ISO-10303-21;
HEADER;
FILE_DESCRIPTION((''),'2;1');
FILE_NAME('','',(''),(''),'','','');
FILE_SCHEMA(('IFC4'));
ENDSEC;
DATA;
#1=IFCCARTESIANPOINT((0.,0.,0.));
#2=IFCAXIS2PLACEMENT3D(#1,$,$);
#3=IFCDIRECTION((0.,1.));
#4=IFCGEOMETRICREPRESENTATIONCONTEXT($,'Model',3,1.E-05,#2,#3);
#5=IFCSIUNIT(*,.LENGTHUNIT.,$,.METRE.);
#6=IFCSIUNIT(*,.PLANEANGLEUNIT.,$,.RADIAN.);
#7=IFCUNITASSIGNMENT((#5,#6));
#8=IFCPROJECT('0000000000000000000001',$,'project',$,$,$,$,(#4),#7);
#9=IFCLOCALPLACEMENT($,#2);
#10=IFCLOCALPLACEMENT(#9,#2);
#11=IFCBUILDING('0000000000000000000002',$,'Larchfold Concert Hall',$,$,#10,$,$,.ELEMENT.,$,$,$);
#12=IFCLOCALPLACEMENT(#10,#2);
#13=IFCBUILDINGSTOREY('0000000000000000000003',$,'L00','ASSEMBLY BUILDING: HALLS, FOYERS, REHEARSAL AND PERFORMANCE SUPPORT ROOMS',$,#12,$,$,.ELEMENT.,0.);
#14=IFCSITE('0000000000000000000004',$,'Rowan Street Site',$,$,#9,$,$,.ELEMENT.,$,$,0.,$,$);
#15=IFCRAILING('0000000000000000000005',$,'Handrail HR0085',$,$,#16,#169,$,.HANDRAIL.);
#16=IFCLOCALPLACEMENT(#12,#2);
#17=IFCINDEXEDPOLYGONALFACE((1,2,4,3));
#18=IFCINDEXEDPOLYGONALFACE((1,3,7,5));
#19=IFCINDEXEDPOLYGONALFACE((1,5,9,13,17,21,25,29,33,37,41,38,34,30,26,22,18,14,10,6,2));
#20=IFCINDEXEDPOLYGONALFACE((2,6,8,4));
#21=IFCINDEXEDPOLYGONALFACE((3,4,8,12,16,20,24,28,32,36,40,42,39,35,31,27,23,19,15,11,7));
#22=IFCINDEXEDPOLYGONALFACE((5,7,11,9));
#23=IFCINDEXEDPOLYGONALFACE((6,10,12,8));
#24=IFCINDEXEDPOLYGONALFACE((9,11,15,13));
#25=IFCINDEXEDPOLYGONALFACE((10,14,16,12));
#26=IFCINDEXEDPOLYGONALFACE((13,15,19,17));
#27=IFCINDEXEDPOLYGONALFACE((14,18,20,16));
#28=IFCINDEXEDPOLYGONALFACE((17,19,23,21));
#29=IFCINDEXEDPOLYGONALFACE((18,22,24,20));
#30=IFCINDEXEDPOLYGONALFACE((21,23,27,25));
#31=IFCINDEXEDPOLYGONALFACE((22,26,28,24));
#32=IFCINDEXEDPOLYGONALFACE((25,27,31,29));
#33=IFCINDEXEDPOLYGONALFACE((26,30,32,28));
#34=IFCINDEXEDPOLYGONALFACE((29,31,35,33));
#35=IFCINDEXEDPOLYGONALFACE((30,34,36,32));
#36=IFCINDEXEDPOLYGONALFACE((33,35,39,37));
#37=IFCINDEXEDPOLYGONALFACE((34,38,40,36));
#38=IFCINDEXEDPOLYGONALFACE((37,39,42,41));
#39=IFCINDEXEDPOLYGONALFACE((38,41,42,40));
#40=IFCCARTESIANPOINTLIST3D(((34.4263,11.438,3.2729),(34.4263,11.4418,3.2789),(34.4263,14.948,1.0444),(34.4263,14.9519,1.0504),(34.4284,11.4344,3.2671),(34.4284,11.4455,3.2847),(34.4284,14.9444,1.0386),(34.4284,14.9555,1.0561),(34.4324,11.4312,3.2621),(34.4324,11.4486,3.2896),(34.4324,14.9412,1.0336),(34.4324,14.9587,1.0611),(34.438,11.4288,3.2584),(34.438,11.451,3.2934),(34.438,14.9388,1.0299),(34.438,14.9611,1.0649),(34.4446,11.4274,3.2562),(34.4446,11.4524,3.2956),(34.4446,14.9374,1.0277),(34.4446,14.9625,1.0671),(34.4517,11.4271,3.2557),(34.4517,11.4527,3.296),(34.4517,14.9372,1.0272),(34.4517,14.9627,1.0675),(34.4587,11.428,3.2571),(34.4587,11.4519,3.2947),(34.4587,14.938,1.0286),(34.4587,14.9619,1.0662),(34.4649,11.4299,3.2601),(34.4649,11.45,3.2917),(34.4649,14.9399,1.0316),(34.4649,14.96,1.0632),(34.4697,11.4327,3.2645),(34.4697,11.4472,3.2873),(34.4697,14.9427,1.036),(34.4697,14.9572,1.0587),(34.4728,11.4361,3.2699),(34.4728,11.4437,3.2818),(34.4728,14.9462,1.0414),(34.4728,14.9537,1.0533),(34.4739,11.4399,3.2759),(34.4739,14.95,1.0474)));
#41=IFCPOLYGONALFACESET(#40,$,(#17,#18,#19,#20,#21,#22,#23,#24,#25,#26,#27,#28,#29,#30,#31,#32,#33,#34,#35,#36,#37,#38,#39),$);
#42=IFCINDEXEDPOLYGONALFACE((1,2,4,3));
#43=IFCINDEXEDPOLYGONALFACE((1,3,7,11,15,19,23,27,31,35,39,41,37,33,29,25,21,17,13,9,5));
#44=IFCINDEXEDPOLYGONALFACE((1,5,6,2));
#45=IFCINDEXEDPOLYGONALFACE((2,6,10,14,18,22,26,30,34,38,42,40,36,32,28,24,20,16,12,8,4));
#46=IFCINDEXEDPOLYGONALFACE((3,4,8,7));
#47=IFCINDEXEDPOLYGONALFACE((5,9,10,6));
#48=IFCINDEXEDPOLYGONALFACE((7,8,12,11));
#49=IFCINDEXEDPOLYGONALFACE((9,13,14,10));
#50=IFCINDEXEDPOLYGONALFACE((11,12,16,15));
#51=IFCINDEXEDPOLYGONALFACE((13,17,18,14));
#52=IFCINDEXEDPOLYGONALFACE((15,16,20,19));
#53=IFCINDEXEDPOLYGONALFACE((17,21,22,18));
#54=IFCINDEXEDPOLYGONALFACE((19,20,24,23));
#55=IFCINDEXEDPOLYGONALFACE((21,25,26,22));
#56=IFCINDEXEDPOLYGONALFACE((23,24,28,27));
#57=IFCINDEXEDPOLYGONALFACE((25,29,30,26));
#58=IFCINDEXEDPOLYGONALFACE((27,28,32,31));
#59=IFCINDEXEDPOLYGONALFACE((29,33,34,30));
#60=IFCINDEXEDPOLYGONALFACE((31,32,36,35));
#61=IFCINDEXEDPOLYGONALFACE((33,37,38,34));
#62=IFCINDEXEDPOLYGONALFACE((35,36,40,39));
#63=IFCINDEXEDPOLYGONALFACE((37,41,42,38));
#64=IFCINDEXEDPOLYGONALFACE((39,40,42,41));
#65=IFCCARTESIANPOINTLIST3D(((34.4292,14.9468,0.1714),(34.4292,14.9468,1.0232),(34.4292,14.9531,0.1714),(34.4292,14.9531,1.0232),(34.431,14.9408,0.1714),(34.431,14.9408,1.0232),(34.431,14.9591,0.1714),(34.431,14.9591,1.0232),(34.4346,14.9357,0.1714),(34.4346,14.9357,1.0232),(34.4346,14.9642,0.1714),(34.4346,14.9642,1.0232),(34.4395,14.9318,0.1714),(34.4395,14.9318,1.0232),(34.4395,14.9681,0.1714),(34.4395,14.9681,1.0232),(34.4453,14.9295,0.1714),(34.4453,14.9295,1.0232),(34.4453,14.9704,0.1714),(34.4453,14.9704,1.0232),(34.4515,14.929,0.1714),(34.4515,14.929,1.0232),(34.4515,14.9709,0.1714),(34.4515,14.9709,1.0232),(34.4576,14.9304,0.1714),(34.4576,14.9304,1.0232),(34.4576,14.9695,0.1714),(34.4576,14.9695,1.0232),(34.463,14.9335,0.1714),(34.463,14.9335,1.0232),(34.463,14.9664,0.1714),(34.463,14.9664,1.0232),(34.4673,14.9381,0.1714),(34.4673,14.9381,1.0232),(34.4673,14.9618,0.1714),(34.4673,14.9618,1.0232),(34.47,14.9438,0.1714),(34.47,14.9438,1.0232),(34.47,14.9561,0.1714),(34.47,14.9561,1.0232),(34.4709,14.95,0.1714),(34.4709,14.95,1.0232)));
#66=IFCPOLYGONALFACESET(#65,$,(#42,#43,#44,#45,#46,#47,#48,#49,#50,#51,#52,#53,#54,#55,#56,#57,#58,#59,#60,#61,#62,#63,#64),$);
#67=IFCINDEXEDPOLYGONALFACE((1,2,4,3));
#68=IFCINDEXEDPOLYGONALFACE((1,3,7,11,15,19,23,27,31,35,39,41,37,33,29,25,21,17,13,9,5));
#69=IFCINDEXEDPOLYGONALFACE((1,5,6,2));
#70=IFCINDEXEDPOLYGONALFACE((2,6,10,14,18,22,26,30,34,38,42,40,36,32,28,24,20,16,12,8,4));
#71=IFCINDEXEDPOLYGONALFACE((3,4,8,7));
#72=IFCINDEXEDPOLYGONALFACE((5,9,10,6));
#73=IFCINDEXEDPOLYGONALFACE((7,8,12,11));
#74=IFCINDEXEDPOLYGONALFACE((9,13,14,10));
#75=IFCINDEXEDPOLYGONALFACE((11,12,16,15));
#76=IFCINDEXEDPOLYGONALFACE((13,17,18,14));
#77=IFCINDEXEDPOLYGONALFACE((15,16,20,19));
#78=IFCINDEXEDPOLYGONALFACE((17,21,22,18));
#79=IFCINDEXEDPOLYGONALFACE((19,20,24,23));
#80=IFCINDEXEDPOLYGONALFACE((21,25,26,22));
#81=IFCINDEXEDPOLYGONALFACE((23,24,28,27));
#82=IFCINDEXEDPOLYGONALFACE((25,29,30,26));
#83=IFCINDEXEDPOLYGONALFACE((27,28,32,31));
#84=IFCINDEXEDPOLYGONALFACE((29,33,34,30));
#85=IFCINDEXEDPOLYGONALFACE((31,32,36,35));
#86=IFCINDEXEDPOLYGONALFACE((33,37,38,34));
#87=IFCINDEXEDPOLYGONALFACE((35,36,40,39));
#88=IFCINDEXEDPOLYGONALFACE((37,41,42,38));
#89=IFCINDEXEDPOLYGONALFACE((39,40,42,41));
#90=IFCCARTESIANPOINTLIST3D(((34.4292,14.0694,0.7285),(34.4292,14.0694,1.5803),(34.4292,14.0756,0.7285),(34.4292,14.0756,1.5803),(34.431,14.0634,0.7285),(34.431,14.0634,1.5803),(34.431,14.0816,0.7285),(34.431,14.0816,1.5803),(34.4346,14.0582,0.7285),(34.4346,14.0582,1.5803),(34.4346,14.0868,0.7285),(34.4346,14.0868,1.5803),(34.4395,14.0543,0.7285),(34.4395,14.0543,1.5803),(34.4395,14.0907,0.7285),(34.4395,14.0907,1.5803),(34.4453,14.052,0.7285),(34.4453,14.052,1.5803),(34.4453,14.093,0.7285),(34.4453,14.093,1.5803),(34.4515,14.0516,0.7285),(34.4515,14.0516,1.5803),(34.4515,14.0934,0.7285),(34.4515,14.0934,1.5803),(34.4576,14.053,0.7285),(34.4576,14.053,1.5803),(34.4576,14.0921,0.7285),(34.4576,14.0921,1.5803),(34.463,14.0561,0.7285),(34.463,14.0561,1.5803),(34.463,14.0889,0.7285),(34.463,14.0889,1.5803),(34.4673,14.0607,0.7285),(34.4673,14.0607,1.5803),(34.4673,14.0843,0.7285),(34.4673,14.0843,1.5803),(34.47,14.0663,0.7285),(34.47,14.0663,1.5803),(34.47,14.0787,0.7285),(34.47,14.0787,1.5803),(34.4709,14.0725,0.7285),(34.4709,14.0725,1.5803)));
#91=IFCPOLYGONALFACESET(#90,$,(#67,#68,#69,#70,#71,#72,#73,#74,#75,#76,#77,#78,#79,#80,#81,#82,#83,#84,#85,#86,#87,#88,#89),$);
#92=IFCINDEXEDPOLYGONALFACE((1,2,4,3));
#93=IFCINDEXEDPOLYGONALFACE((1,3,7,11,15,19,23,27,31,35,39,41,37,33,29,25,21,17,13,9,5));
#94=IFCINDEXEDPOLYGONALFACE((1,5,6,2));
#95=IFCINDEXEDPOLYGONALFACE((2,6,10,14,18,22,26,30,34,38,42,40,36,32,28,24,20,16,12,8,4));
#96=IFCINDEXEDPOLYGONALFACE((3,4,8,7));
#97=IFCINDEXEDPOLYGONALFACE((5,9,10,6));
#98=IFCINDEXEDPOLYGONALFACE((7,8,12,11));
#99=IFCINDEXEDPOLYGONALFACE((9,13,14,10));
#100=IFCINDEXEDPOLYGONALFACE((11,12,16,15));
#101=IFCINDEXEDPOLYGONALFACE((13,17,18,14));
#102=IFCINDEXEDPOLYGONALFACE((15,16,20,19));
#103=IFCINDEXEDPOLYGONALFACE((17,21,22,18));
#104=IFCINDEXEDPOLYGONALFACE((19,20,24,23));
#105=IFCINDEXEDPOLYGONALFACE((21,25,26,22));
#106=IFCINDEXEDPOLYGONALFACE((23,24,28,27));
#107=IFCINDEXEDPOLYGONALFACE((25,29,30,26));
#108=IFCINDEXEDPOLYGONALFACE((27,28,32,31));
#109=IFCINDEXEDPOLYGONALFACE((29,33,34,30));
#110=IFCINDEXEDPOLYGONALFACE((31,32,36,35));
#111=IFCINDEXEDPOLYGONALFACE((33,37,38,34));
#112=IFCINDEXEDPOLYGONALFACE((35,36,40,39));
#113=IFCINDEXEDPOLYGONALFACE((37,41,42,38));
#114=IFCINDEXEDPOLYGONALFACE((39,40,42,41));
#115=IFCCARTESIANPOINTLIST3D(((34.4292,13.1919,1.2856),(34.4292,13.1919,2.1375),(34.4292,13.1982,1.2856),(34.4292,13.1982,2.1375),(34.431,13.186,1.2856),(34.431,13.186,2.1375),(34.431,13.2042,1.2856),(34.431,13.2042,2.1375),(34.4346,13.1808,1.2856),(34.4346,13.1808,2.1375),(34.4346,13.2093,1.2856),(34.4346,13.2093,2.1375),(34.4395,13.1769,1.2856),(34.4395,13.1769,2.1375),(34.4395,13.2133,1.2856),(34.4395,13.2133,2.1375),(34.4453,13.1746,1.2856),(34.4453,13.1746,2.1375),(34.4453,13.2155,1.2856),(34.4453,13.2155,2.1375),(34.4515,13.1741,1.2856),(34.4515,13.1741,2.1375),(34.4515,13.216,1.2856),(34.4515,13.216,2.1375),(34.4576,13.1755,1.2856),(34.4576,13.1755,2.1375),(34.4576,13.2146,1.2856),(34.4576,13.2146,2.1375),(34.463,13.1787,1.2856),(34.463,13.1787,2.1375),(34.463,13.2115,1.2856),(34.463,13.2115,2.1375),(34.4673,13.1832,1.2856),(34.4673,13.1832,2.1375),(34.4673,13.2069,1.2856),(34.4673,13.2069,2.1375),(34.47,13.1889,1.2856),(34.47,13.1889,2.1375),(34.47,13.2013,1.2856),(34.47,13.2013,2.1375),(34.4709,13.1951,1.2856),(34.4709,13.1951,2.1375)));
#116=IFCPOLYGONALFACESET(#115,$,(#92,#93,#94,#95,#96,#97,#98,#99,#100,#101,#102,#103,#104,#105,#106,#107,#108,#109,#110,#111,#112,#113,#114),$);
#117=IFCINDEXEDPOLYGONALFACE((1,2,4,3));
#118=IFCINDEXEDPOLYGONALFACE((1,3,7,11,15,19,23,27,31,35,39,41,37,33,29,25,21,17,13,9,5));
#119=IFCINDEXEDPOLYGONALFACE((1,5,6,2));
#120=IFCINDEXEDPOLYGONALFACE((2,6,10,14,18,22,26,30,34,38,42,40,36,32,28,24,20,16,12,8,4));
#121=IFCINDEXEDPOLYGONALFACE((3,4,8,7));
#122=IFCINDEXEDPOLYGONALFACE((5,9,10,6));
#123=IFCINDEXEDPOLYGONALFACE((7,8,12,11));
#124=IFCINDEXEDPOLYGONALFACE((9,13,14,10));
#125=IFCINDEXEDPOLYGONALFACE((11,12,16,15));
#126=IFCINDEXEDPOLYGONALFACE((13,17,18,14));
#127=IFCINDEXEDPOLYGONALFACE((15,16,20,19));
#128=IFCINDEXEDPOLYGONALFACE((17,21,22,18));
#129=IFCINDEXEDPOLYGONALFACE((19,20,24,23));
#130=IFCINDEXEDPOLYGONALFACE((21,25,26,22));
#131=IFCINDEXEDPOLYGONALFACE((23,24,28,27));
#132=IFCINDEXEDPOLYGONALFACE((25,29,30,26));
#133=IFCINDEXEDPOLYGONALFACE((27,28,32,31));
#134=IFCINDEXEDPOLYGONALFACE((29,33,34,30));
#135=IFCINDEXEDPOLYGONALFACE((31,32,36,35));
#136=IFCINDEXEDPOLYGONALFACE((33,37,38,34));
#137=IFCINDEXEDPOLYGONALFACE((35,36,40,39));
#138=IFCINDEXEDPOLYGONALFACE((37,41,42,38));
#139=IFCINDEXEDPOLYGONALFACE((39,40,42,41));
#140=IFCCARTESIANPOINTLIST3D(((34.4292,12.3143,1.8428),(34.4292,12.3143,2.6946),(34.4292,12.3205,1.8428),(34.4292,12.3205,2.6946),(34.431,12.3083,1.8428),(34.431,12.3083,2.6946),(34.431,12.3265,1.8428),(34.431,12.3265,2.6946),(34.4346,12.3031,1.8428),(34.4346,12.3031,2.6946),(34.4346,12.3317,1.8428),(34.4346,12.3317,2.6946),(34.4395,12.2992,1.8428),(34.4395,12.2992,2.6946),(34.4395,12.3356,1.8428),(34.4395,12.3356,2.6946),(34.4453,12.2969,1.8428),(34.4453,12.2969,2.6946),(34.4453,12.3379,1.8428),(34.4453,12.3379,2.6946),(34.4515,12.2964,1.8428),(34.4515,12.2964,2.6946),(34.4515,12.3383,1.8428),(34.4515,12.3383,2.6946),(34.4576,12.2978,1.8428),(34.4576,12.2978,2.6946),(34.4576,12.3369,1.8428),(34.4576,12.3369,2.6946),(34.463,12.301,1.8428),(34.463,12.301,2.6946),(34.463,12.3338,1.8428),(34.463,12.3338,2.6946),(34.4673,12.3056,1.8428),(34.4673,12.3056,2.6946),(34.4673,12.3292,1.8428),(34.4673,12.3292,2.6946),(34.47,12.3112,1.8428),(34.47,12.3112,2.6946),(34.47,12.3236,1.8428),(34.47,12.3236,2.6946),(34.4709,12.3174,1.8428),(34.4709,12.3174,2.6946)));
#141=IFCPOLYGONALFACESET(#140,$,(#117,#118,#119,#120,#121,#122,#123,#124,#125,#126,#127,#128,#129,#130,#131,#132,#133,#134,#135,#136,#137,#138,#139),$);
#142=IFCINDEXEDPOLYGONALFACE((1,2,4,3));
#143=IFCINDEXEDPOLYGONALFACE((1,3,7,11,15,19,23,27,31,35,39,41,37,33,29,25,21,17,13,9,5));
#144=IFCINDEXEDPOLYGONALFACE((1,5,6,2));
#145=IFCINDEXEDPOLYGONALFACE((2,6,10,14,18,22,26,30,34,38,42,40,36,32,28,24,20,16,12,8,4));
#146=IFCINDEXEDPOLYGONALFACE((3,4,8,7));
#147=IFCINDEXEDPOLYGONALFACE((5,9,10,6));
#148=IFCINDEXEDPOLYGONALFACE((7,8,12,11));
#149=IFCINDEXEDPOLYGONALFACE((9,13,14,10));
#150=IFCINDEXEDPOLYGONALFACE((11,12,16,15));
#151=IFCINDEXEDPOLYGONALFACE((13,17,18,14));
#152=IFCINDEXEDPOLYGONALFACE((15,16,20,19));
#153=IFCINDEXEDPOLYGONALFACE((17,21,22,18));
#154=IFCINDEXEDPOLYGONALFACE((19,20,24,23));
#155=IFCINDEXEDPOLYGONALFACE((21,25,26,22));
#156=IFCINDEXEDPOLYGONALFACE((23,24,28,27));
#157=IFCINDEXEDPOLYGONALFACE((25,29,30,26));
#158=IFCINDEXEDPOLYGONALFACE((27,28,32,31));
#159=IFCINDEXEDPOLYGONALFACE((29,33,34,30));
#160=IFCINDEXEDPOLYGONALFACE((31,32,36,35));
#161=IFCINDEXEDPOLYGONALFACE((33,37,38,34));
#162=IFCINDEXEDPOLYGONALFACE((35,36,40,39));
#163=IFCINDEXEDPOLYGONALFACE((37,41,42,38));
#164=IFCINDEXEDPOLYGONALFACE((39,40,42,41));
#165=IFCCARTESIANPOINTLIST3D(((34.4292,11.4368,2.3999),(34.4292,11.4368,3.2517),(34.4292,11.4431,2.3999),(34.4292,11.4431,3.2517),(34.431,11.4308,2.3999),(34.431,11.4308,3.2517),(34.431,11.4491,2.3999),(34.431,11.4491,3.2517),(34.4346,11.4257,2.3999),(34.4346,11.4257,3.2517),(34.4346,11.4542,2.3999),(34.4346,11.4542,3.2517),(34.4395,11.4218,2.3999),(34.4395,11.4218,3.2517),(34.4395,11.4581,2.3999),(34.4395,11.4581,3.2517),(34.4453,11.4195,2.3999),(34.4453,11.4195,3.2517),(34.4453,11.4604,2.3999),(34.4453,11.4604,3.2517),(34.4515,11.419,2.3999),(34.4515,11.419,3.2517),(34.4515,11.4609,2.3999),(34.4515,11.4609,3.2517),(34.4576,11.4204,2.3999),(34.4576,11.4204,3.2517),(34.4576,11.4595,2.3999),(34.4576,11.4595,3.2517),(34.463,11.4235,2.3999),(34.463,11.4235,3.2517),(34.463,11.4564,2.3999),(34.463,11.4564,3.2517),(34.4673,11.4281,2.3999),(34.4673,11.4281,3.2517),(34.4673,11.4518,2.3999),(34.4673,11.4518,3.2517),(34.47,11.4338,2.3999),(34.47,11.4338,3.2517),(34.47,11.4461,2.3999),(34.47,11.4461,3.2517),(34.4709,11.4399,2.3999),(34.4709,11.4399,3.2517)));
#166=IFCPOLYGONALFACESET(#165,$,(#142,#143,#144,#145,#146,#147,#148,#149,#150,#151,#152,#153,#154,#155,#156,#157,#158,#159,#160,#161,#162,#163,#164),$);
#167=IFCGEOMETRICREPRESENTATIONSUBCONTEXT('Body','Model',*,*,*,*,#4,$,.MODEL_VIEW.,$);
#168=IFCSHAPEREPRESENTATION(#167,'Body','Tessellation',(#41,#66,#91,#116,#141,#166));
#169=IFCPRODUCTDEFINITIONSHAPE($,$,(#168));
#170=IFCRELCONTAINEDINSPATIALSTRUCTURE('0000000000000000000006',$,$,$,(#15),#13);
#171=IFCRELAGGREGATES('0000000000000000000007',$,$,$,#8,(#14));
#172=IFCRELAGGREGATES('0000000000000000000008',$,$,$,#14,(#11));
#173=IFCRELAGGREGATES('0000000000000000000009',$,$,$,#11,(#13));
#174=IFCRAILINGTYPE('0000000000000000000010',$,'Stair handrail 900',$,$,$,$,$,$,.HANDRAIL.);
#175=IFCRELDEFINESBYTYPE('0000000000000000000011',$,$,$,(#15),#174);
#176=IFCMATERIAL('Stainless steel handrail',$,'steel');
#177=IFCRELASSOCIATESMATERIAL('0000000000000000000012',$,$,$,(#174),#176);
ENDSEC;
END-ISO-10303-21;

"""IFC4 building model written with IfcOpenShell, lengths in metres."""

from ifc_helpers import new_model, si_unit, direction, frame, origin, origin_2d, place, context, subcontext, project, spatial, circle, extrude, material, type_object, element, save


model = new_model("IFC4")

# Units and contexts
model_context = context("Model", 3, precision=1e-05, world=origin(), true_north=direction((0.0, 1.0)))
body_context = subcontext(model_context, "Body", "Model", "MODEL_VIEW")
ifc_project = project(units=[si_unit("LENGTHUNIT", "METRE"), si_unit("PLANEANGLEUNIT", "RADIAN")], contexts=[model_context])

# Site, building, storey
site_placement = place(None, origin())
site = spatial("IfcSite", under=ifc_project, at=site_placement, Name="Rowan Street Site", CompositionType="ELEMENT", RefElevation=0.0)
building_placement = place(site_placement, origin())
building = spatial("IfcBuilding", under=site, at=building_placement, Name="Larchfold Concert Hall", CompositionType="ELEMENT")
storey_placement = place(building_placement, origin())
storey = spatial("IfcBuildingStorey", under=building, at=storey_placement, Name="L00", Description="ASSEMBLY BUILDING: HALLS, FOYERS, REHEARSAL AND PERFORMANCE SUPPORT ROOMS", CompositionType="ELEMENT", Elevation=0.0)

# Railing
ifc_material_1 = material(Name="Stainless steel handrail", Category="steel")
railing_type_1 = type_object("IfcRailingType", Name="Stair handrail 900", PredefinedType="HANDRAIL", material=ifc_material_1)
for number, where, name in (
    (1, (34.45, 14.95, 0.1714), "Handrail HR0085"),
):
    element("IfcRailing", number, at=place(storey_placement, frame(where)), inside=storey, type_object=railing_type_1, Name=name, PredefinedType="HANDRAIL", context=body_context, shape_type="SweptSolid", body=[
        extrude(circle(Radius=0.0239, at=origin_2d()), frame((0.0, 0.0, 0.876), z_axis=(0.0, -0.84422, 0.535998), x_axis=(1.0, 0.0, 0.0)), (0.0, 0.0, 1.0), 4.1577),
        extrude(circle(Radius=0.021, at=origin_2d()), origin(), (0.0, 0.0, 1.0), 0.8518),
        extrude(circle(Radius=0.021, at=origin_2d()), frame((0.0, -0.8774, 0.5571)), (0.0, 0.0, 1.0), 0.8518),
        extrude(circle(Radius=0.021, at=origin_2d()), frame((0.0, -1.7549, 1.1143)), (0.0, 0.0, 1.0), 0.8518),
        extrude(circle(Radius=0.021, at=origin_2d()), frame((0.0, -2.6326, 1.6714)), (0.0, 0.0, 1.0), 0.8518),
        extrude(circle(Radius=0.021, at=origin_2d()), frame((0.0, -3.51, 2.2285)), (0.0, 0.0, 1.0), 0.8518),
    ])

save(model, "model.ifc")
